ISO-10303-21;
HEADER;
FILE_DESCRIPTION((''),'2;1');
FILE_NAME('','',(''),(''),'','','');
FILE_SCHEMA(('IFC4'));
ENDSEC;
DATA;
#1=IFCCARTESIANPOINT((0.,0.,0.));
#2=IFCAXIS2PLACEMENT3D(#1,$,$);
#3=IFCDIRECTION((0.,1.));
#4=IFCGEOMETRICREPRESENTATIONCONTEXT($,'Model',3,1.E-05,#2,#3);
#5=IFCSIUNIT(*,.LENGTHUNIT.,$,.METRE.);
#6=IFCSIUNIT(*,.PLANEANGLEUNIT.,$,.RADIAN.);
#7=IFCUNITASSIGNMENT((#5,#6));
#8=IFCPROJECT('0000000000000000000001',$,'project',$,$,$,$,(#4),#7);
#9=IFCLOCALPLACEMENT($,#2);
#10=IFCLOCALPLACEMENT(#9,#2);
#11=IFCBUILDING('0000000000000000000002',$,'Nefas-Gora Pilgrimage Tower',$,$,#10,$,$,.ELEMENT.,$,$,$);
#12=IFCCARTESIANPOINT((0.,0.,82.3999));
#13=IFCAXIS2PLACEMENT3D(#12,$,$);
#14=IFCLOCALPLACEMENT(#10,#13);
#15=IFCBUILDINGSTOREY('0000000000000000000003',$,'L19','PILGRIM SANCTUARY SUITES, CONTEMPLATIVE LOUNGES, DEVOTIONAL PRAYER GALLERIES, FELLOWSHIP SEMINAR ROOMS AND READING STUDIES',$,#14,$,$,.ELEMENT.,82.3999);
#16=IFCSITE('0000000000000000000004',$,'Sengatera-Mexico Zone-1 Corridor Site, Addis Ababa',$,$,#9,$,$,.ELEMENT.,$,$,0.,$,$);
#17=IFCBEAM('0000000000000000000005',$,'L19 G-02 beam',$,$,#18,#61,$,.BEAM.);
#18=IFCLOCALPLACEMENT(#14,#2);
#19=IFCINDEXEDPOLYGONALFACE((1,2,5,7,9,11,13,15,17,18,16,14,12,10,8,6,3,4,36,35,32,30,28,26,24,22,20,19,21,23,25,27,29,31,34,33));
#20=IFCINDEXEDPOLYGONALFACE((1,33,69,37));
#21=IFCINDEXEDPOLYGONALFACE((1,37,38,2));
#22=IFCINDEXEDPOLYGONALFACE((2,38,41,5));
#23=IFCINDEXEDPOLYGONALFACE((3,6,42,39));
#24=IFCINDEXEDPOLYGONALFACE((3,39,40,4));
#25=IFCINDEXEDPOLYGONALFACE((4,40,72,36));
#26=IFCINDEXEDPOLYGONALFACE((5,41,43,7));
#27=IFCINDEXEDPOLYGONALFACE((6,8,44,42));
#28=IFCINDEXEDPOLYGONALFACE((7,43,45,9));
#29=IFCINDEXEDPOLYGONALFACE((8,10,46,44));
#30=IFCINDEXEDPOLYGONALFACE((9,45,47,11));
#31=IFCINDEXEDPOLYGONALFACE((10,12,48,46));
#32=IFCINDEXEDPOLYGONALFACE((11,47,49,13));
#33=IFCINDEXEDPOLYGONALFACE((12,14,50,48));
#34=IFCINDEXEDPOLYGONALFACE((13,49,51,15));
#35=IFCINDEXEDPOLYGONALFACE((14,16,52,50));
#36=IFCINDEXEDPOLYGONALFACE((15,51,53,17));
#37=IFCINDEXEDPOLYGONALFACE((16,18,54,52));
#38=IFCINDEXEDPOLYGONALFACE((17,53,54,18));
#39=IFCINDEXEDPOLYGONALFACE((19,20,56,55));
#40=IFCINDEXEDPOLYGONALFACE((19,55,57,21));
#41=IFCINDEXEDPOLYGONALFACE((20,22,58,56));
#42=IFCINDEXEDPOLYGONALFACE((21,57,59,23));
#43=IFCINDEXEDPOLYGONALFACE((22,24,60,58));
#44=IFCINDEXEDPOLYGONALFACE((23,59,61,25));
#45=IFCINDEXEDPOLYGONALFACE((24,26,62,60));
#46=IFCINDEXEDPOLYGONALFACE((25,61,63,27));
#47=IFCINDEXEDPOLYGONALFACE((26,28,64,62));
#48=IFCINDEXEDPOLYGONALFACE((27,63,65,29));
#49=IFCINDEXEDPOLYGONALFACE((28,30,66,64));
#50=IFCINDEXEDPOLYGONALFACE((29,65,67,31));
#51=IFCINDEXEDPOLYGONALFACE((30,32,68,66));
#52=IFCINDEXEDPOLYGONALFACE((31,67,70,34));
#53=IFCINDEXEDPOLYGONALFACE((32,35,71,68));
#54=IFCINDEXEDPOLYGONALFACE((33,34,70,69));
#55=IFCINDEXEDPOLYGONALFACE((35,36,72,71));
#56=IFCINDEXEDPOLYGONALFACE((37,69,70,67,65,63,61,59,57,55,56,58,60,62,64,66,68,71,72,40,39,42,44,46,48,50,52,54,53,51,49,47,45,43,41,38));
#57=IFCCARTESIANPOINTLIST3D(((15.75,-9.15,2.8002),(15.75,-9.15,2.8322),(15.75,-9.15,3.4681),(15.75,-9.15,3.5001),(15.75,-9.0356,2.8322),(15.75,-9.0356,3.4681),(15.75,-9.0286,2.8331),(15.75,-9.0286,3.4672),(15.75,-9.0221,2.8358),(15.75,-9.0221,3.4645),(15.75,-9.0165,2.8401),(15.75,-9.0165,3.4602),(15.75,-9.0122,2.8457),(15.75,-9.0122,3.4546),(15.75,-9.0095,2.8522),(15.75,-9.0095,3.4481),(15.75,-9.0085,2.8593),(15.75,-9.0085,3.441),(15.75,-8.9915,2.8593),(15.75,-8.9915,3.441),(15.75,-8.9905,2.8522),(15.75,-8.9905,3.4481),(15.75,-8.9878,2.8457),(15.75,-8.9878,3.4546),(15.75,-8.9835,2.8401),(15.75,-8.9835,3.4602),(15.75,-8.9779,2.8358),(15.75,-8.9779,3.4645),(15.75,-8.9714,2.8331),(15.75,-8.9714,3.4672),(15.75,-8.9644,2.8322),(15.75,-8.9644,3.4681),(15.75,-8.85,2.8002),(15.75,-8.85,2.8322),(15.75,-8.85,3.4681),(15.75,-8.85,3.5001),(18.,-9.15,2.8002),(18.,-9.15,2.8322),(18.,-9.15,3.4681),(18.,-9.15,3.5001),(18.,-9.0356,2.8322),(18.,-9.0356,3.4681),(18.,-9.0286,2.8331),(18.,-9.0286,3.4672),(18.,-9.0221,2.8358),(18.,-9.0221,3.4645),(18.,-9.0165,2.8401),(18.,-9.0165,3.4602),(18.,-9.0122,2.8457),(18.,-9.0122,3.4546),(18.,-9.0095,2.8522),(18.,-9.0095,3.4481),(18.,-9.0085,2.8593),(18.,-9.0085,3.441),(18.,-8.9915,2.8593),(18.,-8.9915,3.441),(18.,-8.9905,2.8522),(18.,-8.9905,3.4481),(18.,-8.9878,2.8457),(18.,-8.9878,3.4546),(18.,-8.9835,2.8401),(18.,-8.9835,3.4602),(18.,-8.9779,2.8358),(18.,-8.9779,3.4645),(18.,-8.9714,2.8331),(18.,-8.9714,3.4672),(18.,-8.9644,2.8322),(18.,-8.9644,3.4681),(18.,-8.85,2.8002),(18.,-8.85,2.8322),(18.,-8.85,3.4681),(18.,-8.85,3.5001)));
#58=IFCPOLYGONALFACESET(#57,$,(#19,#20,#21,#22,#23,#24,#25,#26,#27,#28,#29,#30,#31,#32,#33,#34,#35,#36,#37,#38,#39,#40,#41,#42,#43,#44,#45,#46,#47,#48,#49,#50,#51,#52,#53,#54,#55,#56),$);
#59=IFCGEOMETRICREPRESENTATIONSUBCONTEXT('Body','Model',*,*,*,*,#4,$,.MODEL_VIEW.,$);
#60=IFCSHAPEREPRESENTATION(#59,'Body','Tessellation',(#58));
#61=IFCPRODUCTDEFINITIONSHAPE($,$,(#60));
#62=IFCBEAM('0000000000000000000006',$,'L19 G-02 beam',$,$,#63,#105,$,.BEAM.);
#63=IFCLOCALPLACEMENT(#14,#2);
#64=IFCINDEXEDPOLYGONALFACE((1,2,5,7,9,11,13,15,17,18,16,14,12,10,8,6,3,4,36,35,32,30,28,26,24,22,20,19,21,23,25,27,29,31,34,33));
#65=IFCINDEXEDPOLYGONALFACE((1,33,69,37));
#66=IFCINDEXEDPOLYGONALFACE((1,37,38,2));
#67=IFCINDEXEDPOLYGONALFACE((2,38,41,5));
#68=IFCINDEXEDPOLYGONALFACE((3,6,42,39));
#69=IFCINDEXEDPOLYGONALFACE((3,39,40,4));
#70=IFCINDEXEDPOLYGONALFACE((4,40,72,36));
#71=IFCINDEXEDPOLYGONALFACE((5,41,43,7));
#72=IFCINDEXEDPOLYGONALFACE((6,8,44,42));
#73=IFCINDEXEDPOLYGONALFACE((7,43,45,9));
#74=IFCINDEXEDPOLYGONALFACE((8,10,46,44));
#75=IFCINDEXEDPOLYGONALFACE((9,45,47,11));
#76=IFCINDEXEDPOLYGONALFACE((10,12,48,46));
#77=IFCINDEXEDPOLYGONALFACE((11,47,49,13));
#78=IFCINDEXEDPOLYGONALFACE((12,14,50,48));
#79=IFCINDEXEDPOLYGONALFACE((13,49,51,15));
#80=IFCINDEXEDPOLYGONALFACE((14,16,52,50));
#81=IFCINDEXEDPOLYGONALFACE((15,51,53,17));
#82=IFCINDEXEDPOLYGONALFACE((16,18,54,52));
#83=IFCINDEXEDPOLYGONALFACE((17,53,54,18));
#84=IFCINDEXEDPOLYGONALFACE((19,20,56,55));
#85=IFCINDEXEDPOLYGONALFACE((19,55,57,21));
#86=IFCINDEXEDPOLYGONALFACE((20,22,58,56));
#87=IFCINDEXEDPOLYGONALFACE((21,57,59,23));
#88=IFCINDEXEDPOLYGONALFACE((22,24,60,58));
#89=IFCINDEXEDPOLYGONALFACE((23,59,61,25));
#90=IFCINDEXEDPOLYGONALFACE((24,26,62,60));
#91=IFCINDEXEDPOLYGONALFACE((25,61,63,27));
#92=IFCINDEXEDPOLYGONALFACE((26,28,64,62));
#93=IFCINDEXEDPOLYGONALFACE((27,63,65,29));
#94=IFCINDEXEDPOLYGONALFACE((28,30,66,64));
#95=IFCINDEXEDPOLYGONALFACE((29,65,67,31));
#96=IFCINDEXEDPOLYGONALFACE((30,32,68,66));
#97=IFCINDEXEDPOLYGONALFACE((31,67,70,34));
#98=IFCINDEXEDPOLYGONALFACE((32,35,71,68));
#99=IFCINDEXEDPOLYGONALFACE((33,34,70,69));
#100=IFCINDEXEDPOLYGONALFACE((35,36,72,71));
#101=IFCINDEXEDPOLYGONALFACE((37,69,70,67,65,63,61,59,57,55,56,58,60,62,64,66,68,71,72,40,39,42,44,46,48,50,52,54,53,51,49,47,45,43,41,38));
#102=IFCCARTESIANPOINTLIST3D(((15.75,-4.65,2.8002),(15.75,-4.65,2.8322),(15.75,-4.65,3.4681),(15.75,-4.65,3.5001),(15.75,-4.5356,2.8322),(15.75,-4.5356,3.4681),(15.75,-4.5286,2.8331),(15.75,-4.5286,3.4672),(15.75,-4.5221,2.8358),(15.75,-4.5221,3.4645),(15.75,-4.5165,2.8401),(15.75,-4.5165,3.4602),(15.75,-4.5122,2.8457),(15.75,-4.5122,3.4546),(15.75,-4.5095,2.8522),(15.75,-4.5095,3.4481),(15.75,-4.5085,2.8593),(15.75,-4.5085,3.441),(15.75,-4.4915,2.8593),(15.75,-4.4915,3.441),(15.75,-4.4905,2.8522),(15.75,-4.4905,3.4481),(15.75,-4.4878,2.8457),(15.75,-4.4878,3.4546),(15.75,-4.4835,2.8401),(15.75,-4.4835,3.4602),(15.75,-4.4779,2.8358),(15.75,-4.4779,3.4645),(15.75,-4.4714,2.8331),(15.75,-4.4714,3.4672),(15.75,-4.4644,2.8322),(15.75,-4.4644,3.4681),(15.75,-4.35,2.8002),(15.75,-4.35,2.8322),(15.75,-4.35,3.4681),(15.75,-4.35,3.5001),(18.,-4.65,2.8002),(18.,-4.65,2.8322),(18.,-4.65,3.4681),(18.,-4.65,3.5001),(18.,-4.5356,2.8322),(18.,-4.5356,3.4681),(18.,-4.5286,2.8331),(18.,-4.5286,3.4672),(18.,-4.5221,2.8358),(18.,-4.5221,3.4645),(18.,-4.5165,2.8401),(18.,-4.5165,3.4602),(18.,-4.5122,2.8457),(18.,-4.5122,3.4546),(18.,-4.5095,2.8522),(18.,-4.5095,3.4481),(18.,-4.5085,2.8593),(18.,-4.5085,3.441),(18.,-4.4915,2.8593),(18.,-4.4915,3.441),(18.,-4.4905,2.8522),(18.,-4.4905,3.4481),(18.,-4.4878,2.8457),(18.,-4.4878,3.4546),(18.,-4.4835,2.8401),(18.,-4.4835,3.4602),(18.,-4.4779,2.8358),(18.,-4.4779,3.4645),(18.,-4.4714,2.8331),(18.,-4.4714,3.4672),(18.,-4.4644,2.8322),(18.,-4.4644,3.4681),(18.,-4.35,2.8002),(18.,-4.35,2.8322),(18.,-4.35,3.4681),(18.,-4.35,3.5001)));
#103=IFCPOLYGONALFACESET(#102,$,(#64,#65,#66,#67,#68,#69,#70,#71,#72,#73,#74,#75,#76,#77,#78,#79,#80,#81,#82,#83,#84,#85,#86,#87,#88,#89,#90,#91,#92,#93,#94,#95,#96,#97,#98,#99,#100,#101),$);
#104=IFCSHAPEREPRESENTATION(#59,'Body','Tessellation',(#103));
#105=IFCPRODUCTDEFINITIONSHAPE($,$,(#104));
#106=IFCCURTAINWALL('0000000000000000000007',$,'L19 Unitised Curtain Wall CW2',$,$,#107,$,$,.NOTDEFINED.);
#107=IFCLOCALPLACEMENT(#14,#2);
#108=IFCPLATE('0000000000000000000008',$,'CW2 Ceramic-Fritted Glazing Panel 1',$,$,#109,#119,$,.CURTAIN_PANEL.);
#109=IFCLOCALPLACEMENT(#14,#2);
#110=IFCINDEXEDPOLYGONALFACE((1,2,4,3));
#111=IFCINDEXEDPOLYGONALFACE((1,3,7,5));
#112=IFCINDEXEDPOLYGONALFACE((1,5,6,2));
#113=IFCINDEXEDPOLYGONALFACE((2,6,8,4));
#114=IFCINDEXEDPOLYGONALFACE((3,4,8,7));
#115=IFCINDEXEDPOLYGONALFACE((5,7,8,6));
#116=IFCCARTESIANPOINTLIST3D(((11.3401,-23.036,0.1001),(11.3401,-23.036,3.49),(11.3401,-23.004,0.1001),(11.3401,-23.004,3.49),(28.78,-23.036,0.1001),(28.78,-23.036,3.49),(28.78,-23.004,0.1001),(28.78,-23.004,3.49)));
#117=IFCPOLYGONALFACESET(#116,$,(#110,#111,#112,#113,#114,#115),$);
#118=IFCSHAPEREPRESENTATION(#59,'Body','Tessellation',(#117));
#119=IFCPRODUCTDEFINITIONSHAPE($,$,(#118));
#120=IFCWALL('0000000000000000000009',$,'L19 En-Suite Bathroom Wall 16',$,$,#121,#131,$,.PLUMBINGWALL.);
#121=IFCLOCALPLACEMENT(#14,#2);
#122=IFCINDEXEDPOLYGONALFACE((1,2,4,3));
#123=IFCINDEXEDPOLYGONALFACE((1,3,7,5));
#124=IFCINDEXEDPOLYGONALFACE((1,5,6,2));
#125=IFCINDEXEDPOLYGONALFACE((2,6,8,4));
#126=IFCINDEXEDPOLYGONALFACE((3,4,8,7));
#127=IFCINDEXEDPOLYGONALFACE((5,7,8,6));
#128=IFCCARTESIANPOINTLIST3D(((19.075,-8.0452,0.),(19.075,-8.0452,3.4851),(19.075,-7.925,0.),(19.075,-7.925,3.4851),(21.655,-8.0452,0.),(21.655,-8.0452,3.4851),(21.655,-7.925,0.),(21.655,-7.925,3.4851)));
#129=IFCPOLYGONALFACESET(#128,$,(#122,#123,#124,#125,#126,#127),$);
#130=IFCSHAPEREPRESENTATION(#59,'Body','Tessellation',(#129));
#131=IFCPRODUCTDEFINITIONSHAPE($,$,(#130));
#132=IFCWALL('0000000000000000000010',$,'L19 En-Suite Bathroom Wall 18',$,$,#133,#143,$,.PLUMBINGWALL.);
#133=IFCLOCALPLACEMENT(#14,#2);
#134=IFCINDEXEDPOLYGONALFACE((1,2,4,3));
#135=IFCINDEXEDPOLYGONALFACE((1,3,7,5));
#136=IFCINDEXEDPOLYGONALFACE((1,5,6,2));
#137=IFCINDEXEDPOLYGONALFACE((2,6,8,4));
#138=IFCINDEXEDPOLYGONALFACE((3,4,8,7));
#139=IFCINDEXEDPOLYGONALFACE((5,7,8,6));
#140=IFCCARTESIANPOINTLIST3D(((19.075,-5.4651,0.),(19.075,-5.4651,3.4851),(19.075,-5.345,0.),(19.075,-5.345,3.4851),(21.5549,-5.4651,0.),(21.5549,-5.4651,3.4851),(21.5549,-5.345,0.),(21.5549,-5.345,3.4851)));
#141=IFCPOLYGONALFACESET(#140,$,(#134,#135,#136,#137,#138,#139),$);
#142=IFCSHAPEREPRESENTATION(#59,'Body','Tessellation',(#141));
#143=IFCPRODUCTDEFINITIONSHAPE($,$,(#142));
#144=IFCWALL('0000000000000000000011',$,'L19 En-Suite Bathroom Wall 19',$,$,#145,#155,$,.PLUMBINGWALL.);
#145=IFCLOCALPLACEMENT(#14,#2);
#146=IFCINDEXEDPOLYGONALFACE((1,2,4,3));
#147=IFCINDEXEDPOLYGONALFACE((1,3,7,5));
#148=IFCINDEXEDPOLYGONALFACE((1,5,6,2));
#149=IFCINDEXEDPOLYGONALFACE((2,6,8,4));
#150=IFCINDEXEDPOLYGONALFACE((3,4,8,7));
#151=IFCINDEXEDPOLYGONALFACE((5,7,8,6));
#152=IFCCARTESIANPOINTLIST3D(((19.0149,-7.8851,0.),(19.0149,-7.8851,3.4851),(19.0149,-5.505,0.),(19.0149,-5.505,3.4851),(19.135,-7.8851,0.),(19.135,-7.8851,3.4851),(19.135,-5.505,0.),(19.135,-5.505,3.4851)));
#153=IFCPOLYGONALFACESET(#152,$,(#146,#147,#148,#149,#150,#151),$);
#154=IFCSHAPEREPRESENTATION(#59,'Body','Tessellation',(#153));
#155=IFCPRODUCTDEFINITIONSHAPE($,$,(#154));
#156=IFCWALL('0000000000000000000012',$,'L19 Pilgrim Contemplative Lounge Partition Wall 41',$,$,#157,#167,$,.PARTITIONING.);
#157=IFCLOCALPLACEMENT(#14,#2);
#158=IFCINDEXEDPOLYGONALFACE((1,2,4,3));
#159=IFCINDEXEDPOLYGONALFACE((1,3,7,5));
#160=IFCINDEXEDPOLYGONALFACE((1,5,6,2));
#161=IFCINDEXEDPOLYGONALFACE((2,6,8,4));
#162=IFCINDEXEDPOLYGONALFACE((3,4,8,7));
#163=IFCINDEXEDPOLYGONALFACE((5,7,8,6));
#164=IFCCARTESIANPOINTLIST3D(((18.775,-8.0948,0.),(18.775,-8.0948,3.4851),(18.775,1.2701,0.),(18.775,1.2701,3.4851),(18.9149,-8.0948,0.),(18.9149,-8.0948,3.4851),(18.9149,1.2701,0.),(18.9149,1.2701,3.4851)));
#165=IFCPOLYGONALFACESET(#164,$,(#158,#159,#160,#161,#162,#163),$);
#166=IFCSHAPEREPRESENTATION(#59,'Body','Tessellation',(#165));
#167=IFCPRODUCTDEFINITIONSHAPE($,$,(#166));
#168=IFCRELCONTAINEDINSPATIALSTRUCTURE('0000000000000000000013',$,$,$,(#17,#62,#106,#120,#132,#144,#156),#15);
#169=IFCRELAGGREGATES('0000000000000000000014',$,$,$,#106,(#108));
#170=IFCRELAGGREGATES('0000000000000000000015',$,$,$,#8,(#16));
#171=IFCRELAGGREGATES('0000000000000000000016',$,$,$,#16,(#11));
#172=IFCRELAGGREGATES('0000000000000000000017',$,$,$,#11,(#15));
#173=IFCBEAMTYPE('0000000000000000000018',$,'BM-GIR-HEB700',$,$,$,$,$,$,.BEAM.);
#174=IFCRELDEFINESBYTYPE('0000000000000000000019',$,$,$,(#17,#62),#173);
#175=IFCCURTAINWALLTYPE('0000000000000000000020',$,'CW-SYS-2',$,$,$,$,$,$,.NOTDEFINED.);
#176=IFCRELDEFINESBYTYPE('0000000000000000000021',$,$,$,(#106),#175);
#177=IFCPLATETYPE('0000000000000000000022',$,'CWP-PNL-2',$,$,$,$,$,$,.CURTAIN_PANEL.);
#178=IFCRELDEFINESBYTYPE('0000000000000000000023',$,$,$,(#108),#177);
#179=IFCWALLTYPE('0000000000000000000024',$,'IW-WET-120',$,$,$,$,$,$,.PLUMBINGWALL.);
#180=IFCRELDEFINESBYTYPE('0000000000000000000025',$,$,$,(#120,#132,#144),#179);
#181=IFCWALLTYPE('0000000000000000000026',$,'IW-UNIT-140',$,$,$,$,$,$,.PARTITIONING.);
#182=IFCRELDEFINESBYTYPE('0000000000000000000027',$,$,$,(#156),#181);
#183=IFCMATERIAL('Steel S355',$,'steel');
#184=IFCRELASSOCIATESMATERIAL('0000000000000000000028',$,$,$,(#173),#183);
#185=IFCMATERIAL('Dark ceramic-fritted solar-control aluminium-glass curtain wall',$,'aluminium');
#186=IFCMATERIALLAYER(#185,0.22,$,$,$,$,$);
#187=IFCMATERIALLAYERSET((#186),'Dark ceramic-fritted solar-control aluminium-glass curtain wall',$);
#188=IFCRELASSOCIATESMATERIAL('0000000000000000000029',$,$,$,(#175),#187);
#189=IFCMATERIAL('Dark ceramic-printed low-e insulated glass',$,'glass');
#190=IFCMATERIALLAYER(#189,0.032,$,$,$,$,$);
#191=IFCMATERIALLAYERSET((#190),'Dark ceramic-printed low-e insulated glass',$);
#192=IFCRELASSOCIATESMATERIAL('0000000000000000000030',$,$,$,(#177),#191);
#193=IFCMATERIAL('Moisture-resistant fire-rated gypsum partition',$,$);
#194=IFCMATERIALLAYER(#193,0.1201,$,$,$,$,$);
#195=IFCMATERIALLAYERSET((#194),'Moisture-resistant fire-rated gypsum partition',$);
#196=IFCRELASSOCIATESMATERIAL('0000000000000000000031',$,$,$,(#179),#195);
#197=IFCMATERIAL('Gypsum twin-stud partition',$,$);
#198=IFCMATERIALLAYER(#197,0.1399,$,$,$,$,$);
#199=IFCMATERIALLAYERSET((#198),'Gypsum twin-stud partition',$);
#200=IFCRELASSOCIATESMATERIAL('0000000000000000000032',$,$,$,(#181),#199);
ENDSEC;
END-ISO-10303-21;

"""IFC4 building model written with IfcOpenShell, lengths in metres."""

from ifc_helpers import new_model, si_unit, direction, frame, frame_2d, origin, origin_2d, place, context, subcontext, project, spatial, rectangle, i_section, extrude, source, transform, mapped, material, layer, layer_set, material_profile, profile_set, type_object, element, aggregate, save


model = new_model("IFC4")

# Units and contexts
model_context = context("Model", 3, precision=1e-05, world=origin(), true_north=direction((0.0, 1.0)))
body_context = subcontext(model_context, "Body", "Model", "MODEL_VIEW")
ifc_project = project(units=[si_unit("LENGTHUNIT", "METRE"), si_unit("PLANEANGLEUNIT", "RADIAN")], contexts=[model_context])

# Site, building, storey
site_placement = place(None, origin())
site = spatial("IfcSite", under=ifc_project, at=site_placement, Name="Sengatera-Mexico Zone-1 Corridor Site, Addis Ababa", CompositionType="ELEMENT", RefElevation=0.0)
building_placement = place(site_placement, origin())
building = spatial("IfcBuilding", under=site, at=building_placement, Name="Nefas-Gora Pilgrimage Tower", CompositionType="ELEMENT")
storey_placement = place(building_placement, frame((0.0, 0.0, 82.3999)))
storey = spatial("IfcBuildingStorey", under=building, at=storey_placement, Name="L19", Description="PILGRIM SANCTUARY SUITES, CONTEMPLATIVE LOUNGES, DEVOTIONAL PRAYER GALLERIES, FELLOWSHIP SEMINAR ROOMS AND READING STUDIES", CompositionType="ELEMENT", Elevation=82.3999)

# Beams
ifc_material_1 = material(Name="Steel S355", Category="steel")
ifc_material_profile_1 = material_profile(ifc_material_1, i_section(OverallWidth=0.3, OverallDepth=0.7, WebThickness=0.0171, FlangeThickness=0.032, FilletRadius=0.0271, at=origin_2d()), Name="HEB 700")
ifc_profile_set_1 = profile_set([ifc_material_profile_1], Name="Steel S355")
beam_type_1 = type_object("IfcBeamType", Name="BM-GIR-HEB700", PredefinedType="BEAM", material=ifc_profile_set_1)
shared_shape_1 = source(origin(), body_context, "Body", "SweptSolid", [
    extrude(i_section(OverallWidth=0.3, OverallDepth=0.7, WebThickness=0.0171, FlangeThickness=0.032, FilletRadius=0.0271, at=origin_2d()), origin(), (0.0, 0.0, 1.0), 2.25),
])
for number, where, z_axis, x_axis, name in (
    (1, (15.75, -9.0, 3.1501), (1.0, 0.0, 0.0), (0.0, 1.0, 0.0), "L19 G-02 beam"),
    (2, (15.75, -4.5, 3.1501), (1.0, 0.0, 0.0), (0.0, 1.0, 0.0), "L19 G-02 beam"),
):
    element("IfcBeam", number, at=place(storey_placement, frame(where, z_axis=z_axis, x_axis=x_axis)), inside=storey, type_object=beam_type_1, Name=name, PredefinedType="BEAM", context=body_context, shape_type="MappedRepresentation", body=[
        mapped(shared_shape_1, transform((0.0, 0.0, 0.0), x_axis=(1.0, 0.0, 0.0), y_axis=(0.0, 1.0, 0.0), z_axis=(0.0, 0.0, 1.0), scale=1.0)),
    ])

# Curtain wall, plate
ifc_material_2 = material(Name="Dark ceramic-fritted solar-control aluminium-glass curtain wall", Category="aluminium")
ifc_layer_1 = layer(ifc_material_2, 0.22)
ifc_layer_set_1 = layer_set([ifc_layer_1], Name="Dark ceramic-fritted solar-control aluminium-glass curtain wall")
curtain_wall_type = type_object("IfcCurtainWallType", Name="CW-SYS-2", PredefinedType="NOTDEFINED", material=ifc_layer_set_1)
curtain_wall_placement = place(storey_placement, origin())
curtain_wall = element("IfcCurtainWall", 3, at=curtain_wall_placement, inside=storey, type_object=curtain_wall_type, Name="L19 Unitised Curtain Wall CW2", PredefinedType="NOTDEFINED")
ifc_material_3 = material(Name="Dark ceramic-printed low-e insulated glass", Category="glass")
ifc_layer_2 = layer(ifc_material_3, 0.032)
ifc_layer_set_2 = layer_set([ifc_layer_2], Name="Dark ceramic-printed low-e insulated glass")
plate_type = type_object("IfcPlateType", Name="CWP-PNL-2", PredefinedType="CURTAIN_PANEL", material=ifc_layer_set_2)
shared_shape_2 = source(origin(), body_context, "Body", "SweptSolid", [
    extrude(rectangle(XDim=17.4399, YDim=0.032, at=origin_2d()), origin(), (0.0, 0.0, 1.0), 3.3899),
])
plate_placement = place(storey_placement, frame((20.0601, -23.02, 0.1001), z_axis=(0.0, 0.0, 1.0), x_axis=(1.0, 0.0, 0.0)))
plate = element("IfcPlate", 4, at=plate_placement, type_object=plate_type, Name="CW2 Ceramic-Fritted Glazing Panel 1", PredefinedType="CURTAIN_PANEL", context=body_context, shape_type="MappedRepresentation", body=[
    mapped(shared_shape_2, transform((0.0, 0.0, 0.0), x_axis=(1.0, 0.0, 0.0), y_axis=(0.0, 1.0, 0.0), z_axis=(0.0, 0.0, 1.0), scale=1.0)),
])
aggregate(curtain_wall, [plate])

# Walls
ifc_material_4 = material(Name="Moisture-resistant fire-rated gypsum partition")
ifc_layer_3 = layer(ifc_material_4, 0.1201)
ifc_layer_set_3 = layer_set([ifc_layer_3], Name="Moisture-resistant fire-rated gypsum partition")
wall_type_1 = type_object("IfcWallType", Name="IW-WET-120", PredefinedType="PLUMBINGWALL", material=ifc_layer_set_3)
shared_shape_3 = source(origin(), body_context, "Body", "SweptSolid", [
    extrude(rectangle(XDim=2.5801, YDim=0.1201, at=frame_2d((1.29, 0.0))), origin(), (0.0, 0.0, 1.0), 3.4851),
])
wall_1_placement = place(storey_placement, frame((19.075, -7.9851, 0.0), z_axis=(0.0, 0.0, 1.0), x_axis=(1.0, 0.0, 0.0)))
element("IfcWall", 5, at=wall_1_placement, inside=storey, type_object=wall_type_1, Name="L19 En-Suite Bathroom Wall 16", PredefinedType="PLUMBINGWALL", context=body_context, shape_type="MappedRepresentation", body=[
    mapped(shared_shape_3, transform((0.0, 0.0, 0.0), x_axis=(1.0, 0.0, 0.0), y_axis=(0.0, 1.0, 0.0), z_axis=(0.0, 0.0, 1.0), scale=1.0)),
])
shared_shape_4 = source(origin(), body_context, "Body", "SweptSolid", [
    extrude(rectangle(XDim=2.48, YDim=0.1201, at=frame_2d((1.24, 0.0))), origin(), (0.0, 0.0, 1.0), 3.4851),
])
wall_2_placement = place(storey_placement, frame((19.075, -5.405, 0.0), z_axis=(0.0, 0.0, 1.0), x_axis=(1.0, 0.0, 0.0)))
element("IfcWall", 6, at=wall_2_placement, inside=storey, type_object=wall_type_1, Name="L19 En-Suite Bathroom Wall 18", PredefinedType="PLUMBINGWALL", context=body_context, shape_type="MappedRepresentation", body=[
    mapped(shared_shape_4, transform((0.0, 0.0, 0.0), x_axis=(1.0, 0.0, 0.0), y_axis=(0.0, 1.0, 0.0), z_axis=(0.0, 0.0, 1.0), scale=1.0)),
])
shared_shape_5 = source(origin(), body_context, "Body", "SweptSolid", [
    extrude(rectangle(XDim=2.3801, YDim=0.1201, at=frame_2d((1.1899, 0.0))), origin(), (0.0, 0.0, 1.0), 3.4851),
])
wall_3_placement = place(storey_placement, frame((19.075, -7.885, 0.0), z_axis=(0.0, 0.0, 1.0), x_axis=(0.0, 1.0, 0.0)))
element("IfcWall", 7, at=wall_3_placement, inside=storey, type_object=wall_type_1, Name="L19 En-Suite Bathroom Wall 19", PredefinedType="PLUMBINGWALL", context=body_context, shape_type="MappedRepresentation", body=[
    mapped(shared_shape_5, transform((0.0, 0.0, 0.0), x_axis=(1.0, 0.0, 0.0), y_axis=(0.0, 1.0, 0.0), z_axis=(0.0, 0.0, 1.0), scale=1.0)),
])
ifc_material_5 = material(Name="Gypsum twin-stud partition")
ifc_layer_4 = layer(ifc_material_5, 0.1399)
ifc_layer_set_4 = layer_set([ifc_layer_4], Name="Gypsum twin-stud partition")
wall_type_2 = type_object("IfcWallType", Name="IW-UNIT-140", PredefinedType="PARTITIONING", material=ifc_layer_set_4)
shared_shape_6 = source(origin(), body_context, "Body", "SweptSolid", [
    extrude(rectangle(XDim=9.365, YDim=0.1399, at=frame_2d((4.6826, 0.0))), origin(), (0.0, 0.0, 1.0), 3.4851),
])
wall_4_placement = place(storey_placement, frame((18.845, -8.095, 0.0), z_axis=(0.0, 0.0, 1.0), x_axis=(0.0, 1.0, 0.0)))
element("IfcWall", 8, at=wall_4_placement, inside=storey, type_object=wall_type_2, Name="L19 Pilgrim Contemplative Lounge Partition Wall 41", PredefinedType="PARTITIONING", context=body_context, shape_type="MappedRepresentation", body=[
    mapped(shared_shape_6, transform((0.0, 0.0, 0.0), x_axis=(1.0, 0.0, 0.0), y_axis=(0.0, 1.0, 0.0), z_axis=(0.0, 0.0, 1.0), scale=1.0)),
])

save(model, "model.ifc")
